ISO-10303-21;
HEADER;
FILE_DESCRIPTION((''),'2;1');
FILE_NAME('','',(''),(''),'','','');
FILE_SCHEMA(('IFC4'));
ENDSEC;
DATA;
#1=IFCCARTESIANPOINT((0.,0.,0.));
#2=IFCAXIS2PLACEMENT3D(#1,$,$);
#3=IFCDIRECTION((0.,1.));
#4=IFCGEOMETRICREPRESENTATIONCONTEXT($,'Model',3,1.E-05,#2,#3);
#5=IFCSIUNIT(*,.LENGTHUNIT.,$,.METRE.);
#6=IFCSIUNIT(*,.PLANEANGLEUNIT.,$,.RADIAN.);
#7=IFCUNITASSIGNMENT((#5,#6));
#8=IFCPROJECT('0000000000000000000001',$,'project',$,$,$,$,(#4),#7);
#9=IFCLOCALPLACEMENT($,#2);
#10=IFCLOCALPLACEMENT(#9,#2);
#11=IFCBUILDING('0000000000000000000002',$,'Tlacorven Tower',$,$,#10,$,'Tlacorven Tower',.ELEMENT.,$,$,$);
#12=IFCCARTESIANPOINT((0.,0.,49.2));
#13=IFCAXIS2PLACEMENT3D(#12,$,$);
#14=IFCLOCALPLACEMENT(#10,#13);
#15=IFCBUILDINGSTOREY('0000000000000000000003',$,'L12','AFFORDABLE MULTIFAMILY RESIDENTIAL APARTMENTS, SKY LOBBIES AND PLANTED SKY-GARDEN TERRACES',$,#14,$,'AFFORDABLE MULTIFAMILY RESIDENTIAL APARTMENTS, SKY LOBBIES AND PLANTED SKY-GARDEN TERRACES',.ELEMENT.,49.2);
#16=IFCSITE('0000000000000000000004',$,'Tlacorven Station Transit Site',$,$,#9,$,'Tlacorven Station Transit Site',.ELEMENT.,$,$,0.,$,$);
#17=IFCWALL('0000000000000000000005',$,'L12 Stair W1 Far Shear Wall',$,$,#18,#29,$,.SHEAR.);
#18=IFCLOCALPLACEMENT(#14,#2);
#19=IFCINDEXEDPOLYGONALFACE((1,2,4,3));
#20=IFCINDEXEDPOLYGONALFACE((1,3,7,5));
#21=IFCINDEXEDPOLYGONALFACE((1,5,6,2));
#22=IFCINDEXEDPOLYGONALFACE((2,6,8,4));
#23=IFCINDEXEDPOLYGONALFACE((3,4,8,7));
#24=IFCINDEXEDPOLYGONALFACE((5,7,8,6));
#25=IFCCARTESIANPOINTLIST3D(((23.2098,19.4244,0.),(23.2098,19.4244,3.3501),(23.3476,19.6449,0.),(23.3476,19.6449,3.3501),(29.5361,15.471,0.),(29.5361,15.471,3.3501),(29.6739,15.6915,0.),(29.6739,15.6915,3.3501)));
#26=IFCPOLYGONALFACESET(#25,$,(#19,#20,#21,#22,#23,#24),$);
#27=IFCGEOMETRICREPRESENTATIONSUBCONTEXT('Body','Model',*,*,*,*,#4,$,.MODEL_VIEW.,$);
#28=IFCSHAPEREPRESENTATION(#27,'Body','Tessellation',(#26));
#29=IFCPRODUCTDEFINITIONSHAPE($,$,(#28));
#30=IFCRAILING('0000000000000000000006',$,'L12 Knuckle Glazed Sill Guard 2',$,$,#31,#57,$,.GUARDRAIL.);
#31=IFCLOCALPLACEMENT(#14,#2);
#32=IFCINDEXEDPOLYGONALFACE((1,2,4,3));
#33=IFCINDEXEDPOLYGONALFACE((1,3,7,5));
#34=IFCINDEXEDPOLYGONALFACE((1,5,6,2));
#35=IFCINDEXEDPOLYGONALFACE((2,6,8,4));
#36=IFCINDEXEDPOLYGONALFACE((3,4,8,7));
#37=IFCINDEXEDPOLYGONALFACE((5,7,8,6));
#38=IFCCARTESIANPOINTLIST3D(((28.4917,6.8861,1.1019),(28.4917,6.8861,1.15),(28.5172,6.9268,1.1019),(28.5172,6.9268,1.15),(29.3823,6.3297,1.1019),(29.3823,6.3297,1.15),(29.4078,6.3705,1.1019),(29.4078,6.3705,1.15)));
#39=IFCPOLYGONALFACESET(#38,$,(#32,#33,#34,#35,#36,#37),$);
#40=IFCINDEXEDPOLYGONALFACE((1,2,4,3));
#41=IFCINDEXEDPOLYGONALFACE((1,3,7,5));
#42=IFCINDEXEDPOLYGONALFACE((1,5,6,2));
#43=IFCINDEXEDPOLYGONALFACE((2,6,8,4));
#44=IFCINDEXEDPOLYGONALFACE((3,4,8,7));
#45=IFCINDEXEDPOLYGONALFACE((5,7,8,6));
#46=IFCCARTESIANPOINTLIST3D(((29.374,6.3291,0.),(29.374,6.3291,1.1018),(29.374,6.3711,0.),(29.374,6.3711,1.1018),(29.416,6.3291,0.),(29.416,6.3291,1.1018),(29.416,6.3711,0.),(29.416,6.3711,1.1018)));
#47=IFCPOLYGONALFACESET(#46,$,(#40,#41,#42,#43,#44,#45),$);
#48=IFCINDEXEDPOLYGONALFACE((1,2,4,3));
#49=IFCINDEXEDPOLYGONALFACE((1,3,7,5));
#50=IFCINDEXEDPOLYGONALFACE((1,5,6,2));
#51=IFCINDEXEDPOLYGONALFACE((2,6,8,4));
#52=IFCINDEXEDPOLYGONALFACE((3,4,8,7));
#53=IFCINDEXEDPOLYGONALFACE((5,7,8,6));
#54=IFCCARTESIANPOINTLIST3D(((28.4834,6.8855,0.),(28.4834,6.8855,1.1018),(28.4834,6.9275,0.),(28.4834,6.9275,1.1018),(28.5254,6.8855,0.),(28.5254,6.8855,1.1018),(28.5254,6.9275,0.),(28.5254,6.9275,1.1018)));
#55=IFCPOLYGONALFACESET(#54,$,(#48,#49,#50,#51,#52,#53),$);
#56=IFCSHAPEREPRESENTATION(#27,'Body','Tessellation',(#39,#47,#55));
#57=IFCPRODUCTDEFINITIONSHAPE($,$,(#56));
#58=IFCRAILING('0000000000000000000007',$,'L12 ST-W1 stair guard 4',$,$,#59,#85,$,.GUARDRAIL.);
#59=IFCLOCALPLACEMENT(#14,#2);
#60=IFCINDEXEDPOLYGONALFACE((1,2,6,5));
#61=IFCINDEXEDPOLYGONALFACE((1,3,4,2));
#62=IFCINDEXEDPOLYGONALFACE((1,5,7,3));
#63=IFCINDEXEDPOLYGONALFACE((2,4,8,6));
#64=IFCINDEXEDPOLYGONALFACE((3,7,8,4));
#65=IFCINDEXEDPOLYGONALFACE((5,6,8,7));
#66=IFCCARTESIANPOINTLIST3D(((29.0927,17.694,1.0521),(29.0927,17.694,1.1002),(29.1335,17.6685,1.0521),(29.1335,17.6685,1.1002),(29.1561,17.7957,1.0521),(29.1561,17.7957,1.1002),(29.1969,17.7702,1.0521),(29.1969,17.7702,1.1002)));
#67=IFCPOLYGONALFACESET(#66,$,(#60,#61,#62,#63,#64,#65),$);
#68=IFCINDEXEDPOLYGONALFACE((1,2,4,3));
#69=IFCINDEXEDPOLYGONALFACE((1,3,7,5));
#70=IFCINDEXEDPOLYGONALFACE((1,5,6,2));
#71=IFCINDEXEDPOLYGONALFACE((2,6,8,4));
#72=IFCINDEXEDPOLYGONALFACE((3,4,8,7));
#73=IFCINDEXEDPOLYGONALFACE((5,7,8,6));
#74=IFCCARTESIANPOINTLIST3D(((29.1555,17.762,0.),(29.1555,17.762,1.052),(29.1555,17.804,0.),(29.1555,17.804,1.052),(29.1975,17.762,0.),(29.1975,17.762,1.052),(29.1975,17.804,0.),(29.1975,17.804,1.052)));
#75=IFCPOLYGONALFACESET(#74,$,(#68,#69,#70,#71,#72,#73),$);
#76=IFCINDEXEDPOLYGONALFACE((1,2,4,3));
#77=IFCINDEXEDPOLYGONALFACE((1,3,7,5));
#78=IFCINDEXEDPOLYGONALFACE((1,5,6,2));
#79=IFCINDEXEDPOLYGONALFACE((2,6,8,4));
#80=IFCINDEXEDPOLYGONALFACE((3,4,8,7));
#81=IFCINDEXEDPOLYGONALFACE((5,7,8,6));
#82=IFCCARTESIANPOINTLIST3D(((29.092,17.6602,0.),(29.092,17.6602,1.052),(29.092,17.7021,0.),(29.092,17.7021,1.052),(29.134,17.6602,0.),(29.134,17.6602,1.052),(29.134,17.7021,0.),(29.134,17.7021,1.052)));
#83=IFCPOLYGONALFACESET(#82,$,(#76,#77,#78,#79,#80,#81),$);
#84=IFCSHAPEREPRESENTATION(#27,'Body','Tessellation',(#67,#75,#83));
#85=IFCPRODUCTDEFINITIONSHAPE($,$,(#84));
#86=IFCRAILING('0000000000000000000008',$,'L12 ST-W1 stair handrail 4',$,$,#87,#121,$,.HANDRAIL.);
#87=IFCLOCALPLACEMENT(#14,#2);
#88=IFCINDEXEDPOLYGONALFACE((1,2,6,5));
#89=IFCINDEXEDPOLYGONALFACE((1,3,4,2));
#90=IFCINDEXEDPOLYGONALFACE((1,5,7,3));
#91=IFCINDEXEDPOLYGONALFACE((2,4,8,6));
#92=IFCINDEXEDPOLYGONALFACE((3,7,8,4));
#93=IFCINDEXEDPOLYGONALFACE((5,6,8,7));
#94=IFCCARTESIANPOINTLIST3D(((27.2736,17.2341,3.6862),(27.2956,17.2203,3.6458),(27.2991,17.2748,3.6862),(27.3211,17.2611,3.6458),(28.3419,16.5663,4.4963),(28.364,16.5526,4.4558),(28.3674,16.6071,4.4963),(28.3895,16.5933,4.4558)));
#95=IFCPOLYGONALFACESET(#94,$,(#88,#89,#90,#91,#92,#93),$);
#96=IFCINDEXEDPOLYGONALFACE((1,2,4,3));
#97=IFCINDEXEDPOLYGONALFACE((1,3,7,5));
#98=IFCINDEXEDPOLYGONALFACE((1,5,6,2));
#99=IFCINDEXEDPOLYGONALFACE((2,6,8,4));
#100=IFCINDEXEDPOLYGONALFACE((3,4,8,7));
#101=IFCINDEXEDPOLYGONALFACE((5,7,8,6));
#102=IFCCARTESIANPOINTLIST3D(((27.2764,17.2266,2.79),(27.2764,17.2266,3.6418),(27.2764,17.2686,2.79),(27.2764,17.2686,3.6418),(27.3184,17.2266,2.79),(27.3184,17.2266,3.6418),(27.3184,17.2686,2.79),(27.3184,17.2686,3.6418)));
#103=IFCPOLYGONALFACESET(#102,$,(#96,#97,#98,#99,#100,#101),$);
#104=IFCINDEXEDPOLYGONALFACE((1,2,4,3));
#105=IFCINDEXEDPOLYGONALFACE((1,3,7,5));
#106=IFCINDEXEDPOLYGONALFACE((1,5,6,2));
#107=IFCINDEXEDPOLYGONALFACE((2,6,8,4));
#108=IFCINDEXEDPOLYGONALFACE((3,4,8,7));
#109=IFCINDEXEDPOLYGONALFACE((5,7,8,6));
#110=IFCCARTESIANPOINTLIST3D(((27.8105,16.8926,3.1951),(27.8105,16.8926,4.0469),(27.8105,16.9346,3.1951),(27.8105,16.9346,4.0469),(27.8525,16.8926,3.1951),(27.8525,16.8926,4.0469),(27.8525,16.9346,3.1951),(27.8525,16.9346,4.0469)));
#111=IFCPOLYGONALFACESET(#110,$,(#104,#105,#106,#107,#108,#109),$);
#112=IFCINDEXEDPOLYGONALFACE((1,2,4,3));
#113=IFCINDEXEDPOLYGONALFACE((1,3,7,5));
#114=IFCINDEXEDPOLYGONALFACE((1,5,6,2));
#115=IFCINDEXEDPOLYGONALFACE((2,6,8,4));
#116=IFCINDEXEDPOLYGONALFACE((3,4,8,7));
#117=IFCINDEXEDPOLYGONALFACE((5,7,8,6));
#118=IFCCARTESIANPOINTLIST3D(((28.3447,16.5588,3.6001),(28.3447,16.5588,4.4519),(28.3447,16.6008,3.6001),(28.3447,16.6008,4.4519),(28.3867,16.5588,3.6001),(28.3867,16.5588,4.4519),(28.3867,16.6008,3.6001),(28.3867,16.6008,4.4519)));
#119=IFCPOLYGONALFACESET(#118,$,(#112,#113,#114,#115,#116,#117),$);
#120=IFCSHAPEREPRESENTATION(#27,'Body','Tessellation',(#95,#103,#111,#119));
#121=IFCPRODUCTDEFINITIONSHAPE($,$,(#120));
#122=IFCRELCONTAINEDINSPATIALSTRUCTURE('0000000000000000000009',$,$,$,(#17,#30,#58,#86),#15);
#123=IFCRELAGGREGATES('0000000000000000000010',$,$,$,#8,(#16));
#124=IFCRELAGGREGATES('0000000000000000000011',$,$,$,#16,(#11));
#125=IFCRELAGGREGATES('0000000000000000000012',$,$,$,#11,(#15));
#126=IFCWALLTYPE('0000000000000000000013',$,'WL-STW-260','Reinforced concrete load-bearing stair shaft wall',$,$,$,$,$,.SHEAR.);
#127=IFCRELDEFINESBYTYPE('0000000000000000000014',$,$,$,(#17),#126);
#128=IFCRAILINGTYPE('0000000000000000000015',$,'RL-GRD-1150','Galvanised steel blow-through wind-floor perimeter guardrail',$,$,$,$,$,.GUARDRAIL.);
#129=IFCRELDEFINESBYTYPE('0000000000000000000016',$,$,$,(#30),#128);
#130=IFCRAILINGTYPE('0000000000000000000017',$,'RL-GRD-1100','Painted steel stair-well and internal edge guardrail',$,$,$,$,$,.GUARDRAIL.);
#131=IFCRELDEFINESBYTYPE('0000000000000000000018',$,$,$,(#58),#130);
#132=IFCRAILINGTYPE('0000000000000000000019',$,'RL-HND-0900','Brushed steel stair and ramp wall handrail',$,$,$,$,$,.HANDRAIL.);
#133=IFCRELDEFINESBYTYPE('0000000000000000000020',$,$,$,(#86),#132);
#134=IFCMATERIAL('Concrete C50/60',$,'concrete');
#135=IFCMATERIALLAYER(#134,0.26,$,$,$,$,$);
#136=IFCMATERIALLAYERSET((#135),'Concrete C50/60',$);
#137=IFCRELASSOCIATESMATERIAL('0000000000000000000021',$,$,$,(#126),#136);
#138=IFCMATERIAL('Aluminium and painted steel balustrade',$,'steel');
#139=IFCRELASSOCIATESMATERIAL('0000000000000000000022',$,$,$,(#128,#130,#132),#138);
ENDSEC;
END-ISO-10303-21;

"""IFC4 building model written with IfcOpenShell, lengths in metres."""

from ifc_helpers import new_model, si_unit, direction, frame, frame_2d, origin, origin_2d, place, context, subcontext, project, spatial, rectangle, extrude, source, transform, mapped, material, layer, layer_set, type_object, element, save


model = new_model("IFC4")

# Units and contexts
model_context = context("Model", 3, precision=1e-05, world=origin(), true_north=direction((0.0, 1.0)))
body_context = subcontext(model_context, "Body", "Model", "MODEL_VIEW")
ifc_project = project(units=[si_unit("LENGTHUNIT", "METRE"), si_unit("PLANEANGLEUNIT", "RADIAN")], contexts=[model_context])

# Site, building, storey
site_placement = place(None, origin())
site = spatial("IfcSite", under=ifc_project, at=site_placement, Name="Tlacorven Station Transit Site", LongName="Tlacorven Station Transit Site", CompositionType="ELEMENT", RefElevation=0.0)
building_placement = place(site_placement, origin())
building = spatial("IfcBuilding", under=site, at=building_placement, Name="Tlacorven Tower", LongName="Tlacorven Tower", CompositionType="ELEMENT")
storey_placement = place(building_placement, frame((0.0, 0.0, 49.2)))
storey = spatial("IfcBuildingStorey", under=building, at=storey_placement, Name="L12", Description="AFFORDABLE MULTIFAMILY RESIDENTIAL APARTMENTS, SKY LOBBIES AND PLANTED SKY-GARDEN TERRACES", LongName="AFFORDABLE MULTIFAMILY RESIDENTIAL APARTMENTS, SKY LOBBIES AND PLANTED SKY-GARDEN TERRACES", CompositionType="ELEMENT", Elevation=49.2)

# Wall
ifc_material_1 = material(Name="Concrete C50/60", Category="concrete")
ifc_layer_1 = layer(ifc_material_1, 0.26)
ifc_layer_set_1 = layer_set([ifc_layer_1], Name="Concrete C50/60")
wall_type_1 = type_object("IfcWallType", Name="WL-STW-260", Description="Reinforced concrete load-bearing stair shaft wall", PredefinedType="SHEAR", material=ifc_layer_set_1)
wall_1_placement = place(storey_placement, frame((29.605, 15.5813, 0.0), z_axis=(0.0, 0.0, 1.0), x_axis=(-0.848037, 0.529937, 0.0)))
element("IfcWall", 1, at=wall_1_placement, inside=storey, type_object=wall_type_1, Name="L12 Stair W1 Far Shear Wall", PredefinedType="SHEAR", context=body_context, shape_type="SweptSolid", body=[
    extrude(rectangle(XDim=7.46, YDim=0.26, at=frame_2d((3.73, 0.0))), origin(), (0.0, 0.0, 1.0), 3.3501),
])

# Railings
ifc_material_2 = material(Name="Aluminium and painted steel balustrade", Category="steel")
railing_type_1 = type_object("IfcRailingType", Name="RL-GRD-1150", Description="Galvanised steel blow-through wind-floor perimeter guardrail", PredefinedType="GUARDRAIL", material=ifc_material_2)
shared_shape_1 = source(origin(), body_context, "Body", "SweptSolid", [
    extrude(rectangle(XDim=0.0481, YDim=0.0481, at=origin_2d()), frame((0.0, 0.0, 1.126), z_axis=(-0.848103, 0.529832, 0.0), x_axis=(-0.529832, -0.848103, 0.0)), (0.0, 0.0, 1.0), 1.05),
    extrude(rectangle(XDim=0.042, YDim=0.042, at=origin_2d()), origin(), (0.0, 0.0, 1.0), 1.1018),
    extrude(rectangle(XDim=0.042, YDim=0.042, at=origin_2d()), frame((-0.8906, 0.5564, 0.0)), (0.0, 0.0, 1.0), 1.1018),
])
railing_1_placement = place(storey_placement, frame((29.395, 6.3501, 0.0)))
element("IfcRailing", 2, at=railing_1_placement, inside=storey, type_object=railing_type_1, Name="L12 Knuckle Glazed Sill Guard 2", PredefinedType="GUARDRAIL", context=body_context, shape_type="MappedRepresentation", body=[
    mapped(shared_shape_1, transform((0.0, 0.0, 0.0), scale=1.0)),
])
railing_type_2 = type_object("IfcRailingType", Name="RL-GRD-1100", Description="Painted steel stair-well and internal edge guardrail", PredefinedType="GUARDRAIL", material=ifc_material_2)
shared_shape_2 = source(origin(), body_context, "Body", "SweptSolid", [
    extrude(rectangle(XDim=0.0481, YDim=0.0481, at=origin_2d()), frame((0.0, 0.0, 1.0762), z_axis=(-0.529084, -0.848569, 0.0), x_axis=(0.848569, -0.529084, 0.0)), (0.0, 0.0, 1.0), 0.1199),
    extrude(rectangle(XDim=0.042, YDim=0.042, at=origin_2d()), origin(), (0.0, 0.0, 1.0), 1.052),
    extrude(rectangle(XDim=0.042, YDim=0.042, at=origin_2d()), frame((-0.0635, -0.1018, 0.0)), (0.0, 0.0, 1.0), 1.052),
])
railing_2_placement = place(storey_placement, frame((29.1765, 17.783, 0.0)))
element("IfcRailing", 3, at=railing_2_placement, inside=storey, type_object=railing_type_2, Name="L12 ST-W1 stair guard 4", PredefinedType="GUARDRAIL", context=body_context, shape_type="MappedRepresentation", body=[
    mapped(shared_shape_2, transform((0.0, 0.0, 0.0), scale=1.0)),
])
railing_type_3 = type_object("IfcRailingType", Name="RL-HND-0900", Description="Brushed steel stair and ramp wall handrail", PredefinedType="HANDRAIL", material=ifc_material_2)
shared_shape_3 = source(origin(), body_context, "Body", "SweptSolid", [
    extrude(rectangle(XDim=0.0481, YDim=0.0481, at=origin_2d()), frame((0.0, 0.0, 0.876), z_axis=(0.71328, -0.4458, 0.540828), x_axis=(0.529999, 0.847998, 0.0)), (0.0, 0.0, 1.0), 1.4978),
    extrude(rectangle(XDim=0.042, YDim=0.042, at=origin_2d()), origin(), (0.0, 0.0, 1.0), 0.8518),
    extrude(rectangle(XDim=0.042, YDim=0.042, at=origin_2d()), frame((0.5342, -0.334, 0.405)), (0.0, 0.0, 1.0), 0.8518),
    extrude(rectangle(XDim=0.042, YDim=0.042, at=origin_2d()), frame((1.0684, -0.6677, 0.8101)), (0.0, 0.0, 1.0), 0.8518),
])
railing_3_placement = place(storey_placement, frame((27.2974, 17.2476, 2.79)))
element("IfcRailing", 4, at=railing_3_placement, inside=storey, type_object=railing_type_3, Name="L12 ST-W1 stair handrail 4", PredefinedType="HANDRAIL", context=body_context, shape_type="MappedRepresentation", body=[
    mapped(shared_shape_3, transform((0.0, 0.0, 0.0), scale=1.0)),
])

save(model, "model.ifc")
